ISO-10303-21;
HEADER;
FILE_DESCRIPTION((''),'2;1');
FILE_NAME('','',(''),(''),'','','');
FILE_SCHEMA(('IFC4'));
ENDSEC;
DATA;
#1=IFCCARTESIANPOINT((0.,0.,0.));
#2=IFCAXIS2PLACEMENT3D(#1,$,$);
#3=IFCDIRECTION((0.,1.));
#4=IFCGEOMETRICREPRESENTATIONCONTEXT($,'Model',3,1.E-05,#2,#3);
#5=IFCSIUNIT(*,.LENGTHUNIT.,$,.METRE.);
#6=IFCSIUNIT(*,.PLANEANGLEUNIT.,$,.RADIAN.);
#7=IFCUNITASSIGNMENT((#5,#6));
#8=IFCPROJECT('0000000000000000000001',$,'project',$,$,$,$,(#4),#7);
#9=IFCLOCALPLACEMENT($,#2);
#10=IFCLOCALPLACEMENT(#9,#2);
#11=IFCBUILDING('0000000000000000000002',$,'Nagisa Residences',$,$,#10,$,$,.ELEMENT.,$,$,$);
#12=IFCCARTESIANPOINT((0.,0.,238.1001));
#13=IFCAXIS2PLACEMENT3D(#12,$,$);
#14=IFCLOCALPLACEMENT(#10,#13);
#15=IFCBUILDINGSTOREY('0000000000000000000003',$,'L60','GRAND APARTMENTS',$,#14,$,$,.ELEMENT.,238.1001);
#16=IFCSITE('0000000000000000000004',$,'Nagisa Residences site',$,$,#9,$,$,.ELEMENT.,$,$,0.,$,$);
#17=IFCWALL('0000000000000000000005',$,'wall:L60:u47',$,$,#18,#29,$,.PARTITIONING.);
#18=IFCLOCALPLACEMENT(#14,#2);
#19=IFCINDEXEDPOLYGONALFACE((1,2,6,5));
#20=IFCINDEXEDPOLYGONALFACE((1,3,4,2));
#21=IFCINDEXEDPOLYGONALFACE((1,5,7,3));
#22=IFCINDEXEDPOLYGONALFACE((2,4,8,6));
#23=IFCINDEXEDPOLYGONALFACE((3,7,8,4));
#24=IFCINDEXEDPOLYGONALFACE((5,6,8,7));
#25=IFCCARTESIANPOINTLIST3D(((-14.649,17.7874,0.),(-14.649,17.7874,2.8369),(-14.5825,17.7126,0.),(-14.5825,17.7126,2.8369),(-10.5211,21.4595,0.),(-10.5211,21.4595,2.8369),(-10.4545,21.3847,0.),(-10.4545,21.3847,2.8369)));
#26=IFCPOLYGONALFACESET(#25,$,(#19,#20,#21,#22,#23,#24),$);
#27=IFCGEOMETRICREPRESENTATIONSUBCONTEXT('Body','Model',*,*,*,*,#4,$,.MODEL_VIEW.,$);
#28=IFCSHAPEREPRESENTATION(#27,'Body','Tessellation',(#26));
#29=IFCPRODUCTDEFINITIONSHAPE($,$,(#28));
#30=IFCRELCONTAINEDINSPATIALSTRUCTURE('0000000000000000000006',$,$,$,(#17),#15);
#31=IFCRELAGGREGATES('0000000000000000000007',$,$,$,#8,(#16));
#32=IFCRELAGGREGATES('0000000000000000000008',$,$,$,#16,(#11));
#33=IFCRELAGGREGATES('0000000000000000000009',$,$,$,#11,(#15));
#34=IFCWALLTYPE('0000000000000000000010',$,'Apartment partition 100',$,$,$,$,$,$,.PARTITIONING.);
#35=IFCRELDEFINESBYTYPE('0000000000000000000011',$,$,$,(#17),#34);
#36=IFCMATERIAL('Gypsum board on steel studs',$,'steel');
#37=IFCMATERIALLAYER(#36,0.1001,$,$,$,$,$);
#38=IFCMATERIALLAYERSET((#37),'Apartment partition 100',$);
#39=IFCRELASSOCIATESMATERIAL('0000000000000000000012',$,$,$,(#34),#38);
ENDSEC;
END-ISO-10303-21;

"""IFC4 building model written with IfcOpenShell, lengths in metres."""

from ifc_helpers import new_model, si_unit, direction, frame, frame_2d, origin, place, context, subcontext, project, spatial, rectangle, extrude, material, layer, layer_set, type_object, element, save


model = new_model("IFC4")

# Units and contexts
model_context = context("Model", 3, precision=1e-05, world=origin(), true_north=direction((0.0, 1.0)))
body_context = subcontext(model_context, "Body", "Model", "MODEL_VIEW")
ifc_project = project(units=[si_unit("LENGTHUNIT", "METRE"), si_unit("PLANEANGLEUNIT", "RADIAN")], contexts=[model_context])

# Site, building, storey
site_placement = place(None, origin())
site = spatial("IfcSite", under=ifc_project, at=site_placement, Name="Nagisa Residences site", CompositionType="ELEMENT", RefElevation=0.0)
building_placement = place(site_placement, origin())
building = spatial("IfcBuilding", under=site, at=building_placement, Name="Nagisa Residences", CompositionType="ELEMENT")
storey_placement = place(building_placement, frame((0.0, 0.0, 238.1001)))
storey = spatial("IfcBuildingStorey", under=building, at=storey_placement, Name="L60", Description="GRAND APARTMENTS", CompositionType="ELEMENT", Elevation=238.1001)

# Shared definitions
ifc_material_1 = material(Name="Gypsum board on steel studs", Category="steel")
ifc_layer_1 = layer(ifc_material_1, 0.1001)
ifc_layer_set_1 = layer_set([ifc_layer_1], Name="Apartment partition 100")
wall_type_1 = type_object("IfcWallType", Name="Apartment partition 100", PredefinedType="PARTITIONING", material=ifc_layer_set_1)

# Wall
wall_1_placement = place(storey_placement, frame((-10.4878, 21.4221, 0.0), z_axis=(0.0, 0.0, 1.0), x_axis=(-0.747153, -0.664652, 0.0)))
element("IfcWall", 1, at=wall_1_placement, inside=storey, type_object=wall_type_1, Name="wall:L60:u47", PredefinedType="PARTITIONING", context=body_context, shape_type="SweptSolid", body=[
    extrude(rectangle(XDim=5.5249, YDim=0.1001, at=frame_2d((2.7625, 0.0))), origin(), (0.0, 0.0, 1.0), 2.8369),
])

save(model, "model.ifc")
